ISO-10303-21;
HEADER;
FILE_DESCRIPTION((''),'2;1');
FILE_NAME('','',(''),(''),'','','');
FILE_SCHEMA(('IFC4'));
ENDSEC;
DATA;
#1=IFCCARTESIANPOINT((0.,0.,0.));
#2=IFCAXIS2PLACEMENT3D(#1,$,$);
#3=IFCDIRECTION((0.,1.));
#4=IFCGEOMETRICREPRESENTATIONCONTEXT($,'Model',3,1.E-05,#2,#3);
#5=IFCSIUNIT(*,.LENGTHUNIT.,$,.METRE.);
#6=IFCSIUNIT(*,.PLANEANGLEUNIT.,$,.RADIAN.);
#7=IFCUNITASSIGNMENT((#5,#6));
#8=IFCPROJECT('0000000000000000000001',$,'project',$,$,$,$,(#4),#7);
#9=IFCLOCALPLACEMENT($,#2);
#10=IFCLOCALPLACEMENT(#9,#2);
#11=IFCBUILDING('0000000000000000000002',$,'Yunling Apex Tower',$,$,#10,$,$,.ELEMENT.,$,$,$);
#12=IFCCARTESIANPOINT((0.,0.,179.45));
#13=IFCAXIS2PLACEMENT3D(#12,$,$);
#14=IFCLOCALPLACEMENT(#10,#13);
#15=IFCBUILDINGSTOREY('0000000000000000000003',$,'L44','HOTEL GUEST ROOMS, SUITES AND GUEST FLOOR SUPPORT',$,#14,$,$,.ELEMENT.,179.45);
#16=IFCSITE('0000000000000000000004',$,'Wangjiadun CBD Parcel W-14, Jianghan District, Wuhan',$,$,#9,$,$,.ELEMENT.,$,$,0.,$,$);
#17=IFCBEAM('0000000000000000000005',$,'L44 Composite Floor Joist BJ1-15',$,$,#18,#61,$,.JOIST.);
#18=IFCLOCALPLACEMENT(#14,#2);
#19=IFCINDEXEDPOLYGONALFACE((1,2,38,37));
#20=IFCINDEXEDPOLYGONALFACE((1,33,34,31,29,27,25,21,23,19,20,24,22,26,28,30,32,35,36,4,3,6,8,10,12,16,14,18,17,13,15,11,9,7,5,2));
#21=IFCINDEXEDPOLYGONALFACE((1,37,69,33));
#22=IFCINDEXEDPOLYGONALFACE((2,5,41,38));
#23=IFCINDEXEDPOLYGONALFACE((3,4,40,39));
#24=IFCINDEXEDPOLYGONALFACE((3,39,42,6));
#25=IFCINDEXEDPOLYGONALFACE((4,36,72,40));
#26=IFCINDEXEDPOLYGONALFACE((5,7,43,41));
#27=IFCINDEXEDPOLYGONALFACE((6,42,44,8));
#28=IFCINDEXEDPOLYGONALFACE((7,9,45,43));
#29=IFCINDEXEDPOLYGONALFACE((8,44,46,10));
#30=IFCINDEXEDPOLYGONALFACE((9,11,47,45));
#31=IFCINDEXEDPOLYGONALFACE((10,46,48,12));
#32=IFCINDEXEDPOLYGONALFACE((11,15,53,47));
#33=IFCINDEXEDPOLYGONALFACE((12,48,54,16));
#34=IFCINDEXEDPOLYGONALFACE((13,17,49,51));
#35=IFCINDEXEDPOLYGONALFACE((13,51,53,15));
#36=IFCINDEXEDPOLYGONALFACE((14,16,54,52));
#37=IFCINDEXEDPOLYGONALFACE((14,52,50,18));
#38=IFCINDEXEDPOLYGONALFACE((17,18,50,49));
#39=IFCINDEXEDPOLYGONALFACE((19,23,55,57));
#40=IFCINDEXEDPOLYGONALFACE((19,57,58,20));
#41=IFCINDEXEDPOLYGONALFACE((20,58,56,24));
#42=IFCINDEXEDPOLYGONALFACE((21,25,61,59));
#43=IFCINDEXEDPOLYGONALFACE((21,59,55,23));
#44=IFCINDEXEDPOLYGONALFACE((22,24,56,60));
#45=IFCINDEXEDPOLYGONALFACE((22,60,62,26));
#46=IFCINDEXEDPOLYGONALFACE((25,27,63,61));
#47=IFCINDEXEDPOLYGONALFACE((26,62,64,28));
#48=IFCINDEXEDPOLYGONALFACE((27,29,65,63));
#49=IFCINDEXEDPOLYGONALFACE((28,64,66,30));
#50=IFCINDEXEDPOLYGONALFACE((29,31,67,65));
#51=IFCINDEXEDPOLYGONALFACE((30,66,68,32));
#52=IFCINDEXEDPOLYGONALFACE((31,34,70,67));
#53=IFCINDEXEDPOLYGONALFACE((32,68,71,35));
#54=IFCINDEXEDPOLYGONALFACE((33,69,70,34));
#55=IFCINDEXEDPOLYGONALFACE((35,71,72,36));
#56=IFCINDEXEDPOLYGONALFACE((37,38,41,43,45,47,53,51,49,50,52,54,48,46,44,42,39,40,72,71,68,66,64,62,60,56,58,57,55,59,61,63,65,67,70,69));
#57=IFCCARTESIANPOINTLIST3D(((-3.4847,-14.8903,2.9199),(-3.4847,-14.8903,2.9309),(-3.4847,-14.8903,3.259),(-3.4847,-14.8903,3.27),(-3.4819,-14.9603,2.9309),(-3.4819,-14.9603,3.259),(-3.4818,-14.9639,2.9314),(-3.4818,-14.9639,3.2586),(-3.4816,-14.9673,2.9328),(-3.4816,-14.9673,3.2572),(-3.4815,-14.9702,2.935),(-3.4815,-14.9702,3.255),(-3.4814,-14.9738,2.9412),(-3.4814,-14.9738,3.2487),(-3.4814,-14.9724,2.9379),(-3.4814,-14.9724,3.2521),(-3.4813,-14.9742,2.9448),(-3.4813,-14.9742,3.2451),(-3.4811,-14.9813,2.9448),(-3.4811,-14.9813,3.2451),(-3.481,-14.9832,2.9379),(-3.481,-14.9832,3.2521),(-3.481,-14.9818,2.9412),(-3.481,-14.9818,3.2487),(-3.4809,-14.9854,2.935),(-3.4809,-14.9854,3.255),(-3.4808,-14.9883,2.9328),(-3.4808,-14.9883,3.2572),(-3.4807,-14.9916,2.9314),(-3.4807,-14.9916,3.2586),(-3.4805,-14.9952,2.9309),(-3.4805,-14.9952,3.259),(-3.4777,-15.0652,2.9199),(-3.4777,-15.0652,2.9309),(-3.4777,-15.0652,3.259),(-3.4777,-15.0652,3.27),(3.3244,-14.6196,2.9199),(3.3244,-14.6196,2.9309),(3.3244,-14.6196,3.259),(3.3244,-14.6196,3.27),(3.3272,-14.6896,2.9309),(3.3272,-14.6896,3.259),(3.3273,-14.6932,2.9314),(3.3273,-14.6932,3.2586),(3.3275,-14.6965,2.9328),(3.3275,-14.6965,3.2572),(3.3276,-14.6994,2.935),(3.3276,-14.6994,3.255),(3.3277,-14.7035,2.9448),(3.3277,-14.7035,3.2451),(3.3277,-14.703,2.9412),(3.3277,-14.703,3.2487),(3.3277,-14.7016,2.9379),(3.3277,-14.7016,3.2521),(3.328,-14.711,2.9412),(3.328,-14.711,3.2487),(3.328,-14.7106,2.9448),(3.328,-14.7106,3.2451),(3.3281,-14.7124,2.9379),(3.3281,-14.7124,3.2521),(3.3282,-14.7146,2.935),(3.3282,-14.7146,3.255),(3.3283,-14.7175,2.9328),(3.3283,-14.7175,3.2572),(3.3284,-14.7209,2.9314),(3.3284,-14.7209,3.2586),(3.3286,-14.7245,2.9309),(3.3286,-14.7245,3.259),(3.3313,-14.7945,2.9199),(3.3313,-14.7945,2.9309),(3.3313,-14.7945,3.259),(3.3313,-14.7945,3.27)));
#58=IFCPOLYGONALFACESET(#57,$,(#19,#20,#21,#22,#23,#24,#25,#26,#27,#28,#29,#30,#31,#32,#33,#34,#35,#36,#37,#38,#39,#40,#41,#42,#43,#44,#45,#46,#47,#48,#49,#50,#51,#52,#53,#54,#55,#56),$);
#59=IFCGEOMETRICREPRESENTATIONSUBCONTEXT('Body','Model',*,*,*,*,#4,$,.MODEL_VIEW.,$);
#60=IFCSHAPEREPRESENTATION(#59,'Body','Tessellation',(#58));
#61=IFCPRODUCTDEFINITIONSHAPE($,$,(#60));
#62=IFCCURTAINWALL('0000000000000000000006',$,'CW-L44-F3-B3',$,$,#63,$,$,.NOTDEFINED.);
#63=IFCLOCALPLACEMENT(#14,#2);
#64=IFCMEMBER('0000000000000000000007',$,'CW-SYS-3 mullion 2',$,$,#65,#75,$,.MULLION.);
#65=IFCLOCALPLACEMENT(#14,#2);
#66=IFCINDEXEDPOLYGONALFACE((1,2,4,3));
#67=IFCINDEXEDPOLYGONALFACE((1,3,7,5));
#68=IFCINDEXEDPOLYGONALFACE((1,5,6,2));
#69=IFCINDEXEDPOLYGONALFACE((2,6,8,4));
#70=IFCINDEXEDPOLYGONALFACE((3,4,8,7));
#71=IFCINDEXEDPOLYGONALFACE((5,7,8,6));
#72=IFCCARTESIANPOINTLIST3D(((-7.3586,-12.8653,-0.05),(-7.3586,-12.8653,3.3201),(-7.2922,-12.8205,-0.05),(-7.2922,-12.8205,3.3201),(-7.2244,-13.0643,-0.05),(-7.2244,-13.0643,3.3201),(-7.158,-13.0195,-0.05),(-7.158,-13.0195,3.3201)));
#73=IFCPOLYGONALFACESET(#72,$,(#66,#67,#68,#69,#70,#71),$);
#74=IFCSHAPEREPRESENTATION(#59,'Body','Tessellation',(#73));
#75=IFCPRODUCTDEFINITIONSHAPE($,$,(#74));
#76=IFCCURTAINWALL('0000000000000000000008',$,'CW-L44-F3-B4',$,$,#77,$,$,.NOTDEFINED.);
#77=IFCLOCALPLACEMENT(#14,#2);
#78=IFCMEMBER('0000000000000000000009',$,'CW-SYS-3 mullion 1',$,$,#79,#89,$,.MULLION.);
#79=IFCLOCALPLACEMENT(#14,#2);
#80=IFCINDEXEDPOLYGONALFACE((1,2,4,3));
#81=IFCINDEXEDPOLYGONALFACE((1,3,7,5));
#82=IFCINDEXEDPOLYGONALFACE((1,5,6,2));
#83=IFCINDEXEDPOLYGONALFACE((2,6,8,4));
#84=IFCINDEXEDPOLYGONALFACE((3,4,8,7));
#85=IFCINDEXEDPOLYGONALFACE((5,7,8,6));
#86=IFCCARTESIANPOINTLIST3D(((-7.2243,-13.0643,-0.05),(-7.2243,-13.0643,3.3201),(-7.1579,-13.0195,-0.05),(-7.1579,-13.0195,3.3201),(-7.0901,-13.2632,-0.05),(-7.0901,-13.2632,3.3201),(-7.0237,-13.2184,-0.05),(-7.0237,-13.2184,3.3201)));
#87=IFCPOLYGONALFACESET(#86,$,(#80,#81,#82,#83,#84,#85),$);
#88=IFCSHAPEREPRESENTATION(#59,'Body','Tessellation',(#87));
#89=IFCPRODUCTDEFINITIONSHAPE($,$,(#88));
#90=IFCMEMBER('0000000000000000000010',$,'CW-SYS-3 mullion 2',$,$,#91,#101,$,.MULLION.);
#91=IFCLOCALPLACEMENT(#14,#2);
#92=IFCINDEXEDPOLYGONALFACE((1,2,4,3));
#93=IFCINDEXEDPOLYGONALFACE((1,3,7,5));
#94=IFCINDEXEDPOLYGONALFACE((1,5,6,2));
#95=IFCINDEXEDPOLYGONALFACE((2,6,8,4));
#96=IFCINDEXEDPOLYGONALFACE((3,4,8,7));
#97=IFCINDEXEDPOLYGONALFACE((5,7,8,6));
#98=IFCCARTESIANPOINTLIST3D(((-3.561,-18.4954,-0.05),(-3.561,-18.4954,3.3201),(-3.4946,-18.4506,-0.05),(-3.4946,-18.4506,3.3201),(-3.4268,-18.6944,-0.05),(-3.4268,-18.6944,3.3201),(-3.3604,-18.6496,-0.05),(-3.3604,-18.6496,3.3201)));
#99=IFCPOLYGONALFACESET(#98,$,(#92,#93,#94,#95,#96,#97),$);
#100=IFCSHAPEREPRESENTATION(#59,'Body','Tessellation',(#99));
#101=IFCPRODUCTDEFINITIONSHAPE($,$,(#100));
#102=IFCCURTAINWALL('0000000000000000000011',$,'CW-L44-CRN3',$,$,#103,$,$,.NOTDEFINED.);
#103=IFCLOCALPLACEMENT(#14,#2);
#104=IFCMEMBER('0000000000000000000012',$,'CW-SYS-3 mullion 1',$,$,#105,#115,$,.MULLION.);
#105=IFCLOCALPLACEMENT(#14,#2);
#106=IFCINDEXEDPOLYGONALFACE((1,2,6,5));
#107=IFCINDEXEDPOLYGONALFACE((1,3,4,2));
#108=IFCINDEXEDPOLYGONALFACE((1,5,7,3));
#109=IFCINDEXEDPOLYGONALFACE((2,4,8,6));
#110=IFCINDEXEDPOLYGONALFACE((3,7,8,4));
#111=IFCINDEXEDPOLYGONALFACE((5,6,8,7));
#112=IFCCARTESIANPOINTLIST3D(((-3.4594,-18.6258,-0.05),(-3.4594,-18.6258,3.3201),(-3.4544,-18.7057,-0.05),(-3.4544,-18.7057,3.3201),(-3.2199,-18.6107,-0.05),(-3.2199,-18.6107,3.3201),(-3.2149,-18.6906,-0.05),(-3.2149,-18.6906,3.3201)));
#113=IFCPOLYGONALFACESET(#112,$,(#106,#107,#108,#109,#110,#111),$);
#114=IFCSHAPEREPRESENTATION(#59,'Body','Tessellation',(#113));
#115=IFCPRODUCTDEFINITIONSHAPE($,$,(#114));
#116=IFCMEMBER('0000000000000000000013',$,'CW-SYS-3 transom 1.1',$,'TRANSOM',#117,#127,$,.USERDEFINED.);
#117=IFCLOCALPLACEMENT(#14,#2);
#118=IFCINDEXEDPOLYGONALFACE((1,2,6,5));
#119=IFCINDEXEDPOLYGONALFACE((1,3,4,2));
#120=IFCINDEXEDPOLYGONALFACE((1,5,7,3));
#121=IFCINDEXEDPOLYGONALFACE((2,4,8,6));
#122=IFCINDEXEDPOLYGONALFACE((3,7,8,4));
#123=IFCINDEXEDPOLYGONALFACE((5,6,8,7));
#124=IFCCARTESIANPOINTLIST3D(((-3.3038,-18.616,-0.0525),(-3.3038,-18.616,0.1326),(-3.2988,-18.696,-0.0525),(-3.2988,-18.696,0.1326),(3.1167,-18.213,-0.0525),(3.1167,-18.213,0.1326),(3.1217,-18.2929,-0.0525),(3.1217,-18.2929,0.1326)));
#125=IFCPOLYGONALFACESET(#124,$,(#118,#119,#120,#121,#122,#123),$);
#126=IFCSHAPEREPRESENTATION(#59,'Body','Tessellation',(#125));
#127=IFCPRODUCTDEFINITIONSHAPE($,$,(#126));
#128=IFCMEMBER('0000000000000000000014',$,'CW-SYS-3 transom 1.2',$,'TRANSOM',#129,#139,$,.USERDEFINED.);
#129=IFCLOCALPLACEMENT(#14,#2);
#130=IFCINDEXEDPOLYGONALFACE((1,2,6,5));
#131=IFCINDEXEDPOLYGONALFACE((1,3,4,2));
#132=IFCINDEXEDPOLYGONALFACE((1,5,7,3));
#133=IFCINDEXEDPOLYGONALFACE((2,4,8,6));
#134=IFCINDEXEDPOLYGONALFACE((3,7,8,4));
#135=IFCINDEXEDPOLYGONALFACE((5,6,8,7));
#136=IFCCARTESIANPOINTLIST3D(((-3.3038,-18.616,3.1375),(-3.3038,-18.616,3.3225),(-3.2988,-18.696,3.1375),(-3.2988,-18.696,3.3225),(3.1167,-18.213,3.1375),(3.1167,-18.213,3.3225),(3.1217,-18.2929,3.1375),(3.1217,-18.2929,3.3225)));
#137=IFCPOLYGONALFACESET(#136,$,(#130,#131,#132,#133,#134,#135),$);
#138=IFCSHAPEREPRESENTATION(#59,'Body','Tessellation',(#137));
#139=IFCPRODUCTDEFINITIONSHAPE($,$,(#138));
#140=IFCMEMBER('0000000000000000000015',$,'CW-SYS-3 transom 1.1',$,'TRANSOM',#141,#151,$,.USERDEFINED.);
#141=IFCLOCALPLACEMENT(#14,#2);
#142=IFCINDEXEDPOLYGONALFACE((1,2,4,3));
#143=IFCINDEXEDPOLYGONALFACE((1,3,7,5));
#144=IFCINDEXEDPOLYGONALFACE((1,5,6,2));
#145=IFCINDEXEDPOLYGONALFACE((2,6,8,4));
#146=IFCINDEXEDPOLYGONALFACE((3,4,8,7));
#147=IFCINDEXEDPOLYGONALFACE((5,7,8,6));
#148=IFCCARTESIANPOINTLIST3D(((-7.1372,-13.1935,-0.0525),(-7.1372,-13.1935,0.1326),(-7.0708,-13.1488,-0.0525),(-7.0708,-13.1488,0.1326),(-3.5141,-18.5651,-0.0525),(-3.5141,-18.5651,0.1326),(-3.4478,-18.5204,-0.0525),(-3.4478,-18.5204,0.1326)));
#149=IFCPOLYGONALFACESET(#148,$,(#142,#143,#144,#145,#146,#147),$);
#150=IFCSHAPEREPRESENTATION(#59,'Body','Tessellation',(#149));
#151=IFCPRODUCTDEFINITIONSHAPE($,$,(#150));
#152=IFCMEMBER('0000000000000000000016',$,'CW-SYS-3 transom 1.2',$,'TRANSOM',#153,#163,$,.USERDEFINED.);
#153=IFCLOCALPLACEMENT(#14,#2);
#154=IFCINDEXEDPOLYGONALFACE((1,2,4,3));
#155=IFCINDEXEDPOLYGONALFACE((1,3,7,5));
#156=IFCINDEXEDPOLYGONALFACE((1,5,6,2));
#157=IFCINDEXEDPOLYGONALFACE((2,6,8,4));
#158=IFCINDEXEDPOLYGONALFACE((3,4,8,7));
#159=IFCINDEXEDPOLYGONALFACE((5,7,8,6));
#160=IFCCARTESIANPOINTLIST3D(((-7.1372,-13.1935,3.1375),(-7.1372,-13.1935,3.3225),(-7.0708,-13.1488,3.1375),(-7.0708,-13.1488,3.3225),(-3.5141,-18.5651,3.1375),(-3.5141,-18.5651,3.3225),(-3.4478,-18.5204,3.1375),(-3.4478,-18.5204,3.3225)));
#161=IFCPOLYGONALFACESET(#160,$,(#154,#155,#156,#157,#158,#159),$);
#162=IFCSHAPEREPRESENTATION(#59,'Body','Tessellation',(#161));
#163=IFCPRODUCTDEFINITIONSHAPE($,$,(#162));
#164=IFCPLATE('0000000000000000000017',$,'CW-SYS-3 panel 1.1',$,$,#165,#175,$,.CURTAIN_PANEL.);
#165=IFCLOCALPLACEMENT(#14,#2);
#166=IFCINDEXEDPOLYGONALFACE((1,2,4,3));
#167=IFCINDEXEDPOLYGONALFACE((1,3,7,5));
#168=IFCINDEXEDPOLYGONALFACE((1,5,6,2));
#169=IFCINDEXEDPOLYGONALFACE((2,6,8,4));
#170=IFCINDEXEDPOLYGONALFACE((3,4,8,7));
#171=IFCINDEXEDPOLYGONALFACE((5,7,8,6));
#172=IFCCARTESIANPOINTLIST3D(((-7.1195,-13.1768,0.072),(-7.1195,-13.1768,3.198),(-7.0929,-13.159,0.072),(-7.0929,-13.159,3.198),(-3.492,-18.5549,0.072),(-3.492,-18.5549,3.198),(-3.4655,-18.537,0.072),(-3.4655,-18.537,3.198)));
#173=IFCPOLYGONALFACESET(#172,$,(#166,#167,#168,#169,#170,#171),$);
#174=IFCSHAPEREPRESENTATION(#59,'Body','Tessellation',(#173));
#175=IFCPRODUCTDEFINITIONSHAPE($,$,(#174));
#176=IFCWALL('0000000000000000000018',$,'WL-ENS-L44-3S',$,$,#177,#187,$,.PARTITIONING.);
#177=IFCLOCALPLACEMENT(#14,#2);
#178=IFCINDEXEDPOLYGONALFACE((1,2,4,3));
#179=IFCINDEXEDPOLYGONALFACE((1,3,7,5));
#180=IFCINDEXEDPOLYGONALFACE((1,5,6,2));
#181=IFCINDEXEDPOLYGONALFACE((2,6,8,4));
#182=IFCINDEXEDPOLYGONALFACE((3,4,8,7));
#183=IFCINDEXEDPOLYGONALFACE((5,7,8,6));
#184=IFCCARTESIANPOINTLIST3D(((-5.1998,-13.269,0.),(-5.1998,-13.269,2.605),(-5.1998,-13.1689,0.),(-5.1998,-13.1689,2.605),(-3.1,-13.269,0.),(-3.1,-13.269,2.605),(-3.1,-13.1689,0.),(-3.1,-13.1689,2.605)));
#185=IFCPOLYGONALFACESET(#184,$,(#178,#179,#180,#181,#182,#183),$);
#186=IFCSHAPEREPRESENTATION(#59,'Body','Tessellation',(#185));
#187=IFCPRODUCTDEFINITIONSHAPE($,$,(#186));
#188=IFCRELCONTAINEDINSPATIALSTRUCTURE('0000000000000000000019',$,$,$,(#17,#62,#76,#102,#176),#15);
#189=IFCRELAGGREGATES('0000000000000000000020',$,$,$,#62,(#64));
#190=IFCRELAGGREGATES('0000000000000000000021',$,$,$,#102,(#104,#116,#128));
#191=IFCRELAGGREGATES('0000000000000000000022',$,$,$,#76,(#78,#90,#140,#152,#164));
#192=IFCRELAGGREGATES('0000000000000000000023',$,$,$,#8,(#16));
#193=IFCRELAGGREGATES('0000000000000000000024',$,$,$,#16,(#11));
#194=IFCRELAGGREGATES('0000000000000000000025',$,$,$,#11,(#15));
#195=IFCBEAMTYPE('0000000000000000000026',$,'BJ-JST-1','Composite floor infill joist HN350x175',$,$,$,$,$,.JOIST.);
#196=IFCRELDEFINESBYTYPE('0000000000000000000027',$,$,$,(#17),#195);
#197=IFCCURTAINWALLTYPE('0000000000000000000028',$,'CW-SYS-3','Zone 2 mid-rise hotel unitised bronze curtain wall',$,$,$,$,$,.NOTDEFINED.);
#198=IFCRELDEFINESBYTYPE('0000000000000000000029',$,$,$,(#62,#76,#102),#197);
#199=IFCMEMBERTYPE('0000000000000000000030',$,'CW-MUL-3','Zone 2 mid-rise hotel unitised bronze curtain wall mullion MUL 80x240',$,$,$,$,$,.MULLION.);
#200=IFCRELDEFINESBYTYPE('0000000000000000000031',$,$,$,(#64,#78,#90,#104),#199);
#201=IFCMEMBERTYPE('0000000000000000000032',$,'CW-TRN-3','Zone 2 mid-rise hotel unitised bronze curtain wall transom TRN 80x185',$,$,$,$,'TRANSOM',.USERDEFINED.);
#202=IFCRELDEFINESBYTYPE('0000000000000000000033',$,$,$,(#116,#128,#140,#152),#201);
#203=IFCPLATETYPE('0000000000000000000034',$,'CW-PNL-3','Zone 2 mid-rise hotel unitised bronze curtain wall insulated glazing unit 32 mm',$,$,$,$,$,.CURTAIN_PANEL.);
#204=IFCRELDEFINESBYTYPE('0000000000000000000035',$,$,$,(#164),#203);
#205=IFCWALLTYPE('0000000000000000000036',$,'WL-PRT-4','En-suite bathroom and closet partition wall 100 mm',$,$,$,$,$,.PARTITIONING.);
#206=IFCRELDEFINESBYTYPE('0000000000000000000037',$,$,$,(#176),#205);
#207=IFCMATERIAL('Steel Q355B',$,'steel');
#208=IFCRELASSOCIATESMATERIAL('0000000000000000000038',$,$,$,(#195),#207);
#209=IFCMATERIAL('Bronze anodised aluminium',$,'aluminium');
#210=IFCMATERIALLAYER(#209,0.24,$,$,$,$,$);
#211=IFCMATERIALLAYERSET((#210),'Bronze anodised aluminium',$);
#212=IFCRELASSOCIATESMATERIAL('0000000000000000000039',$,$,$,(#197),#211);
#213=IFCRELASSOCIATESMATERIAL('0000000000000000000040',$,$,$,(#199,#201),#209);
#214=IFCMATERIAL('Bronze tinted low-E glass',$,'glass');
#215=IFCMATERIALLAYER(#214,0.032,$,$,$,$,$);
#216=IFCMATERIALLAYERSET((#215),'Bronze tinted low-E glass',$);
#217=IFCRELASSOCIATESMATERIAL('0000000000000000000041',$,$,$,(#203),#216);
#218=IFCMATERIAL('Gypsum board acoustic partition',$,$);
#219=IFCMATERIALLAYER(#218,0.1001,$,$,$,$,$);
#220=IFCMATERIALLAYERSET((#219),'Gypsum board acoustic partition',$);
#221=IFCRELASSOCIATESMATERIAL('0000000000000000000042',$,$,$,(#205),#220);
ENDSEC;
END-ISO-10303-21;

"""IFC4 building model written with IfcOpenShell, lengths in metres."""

from ifc_helpers import new_model, si_unit, direction, frame, frame_2d, origin, origin_2d, place, context, subcontext, project, spatial, rectangle, i_section, extrude, source, transform, mapped, material, layer, layer_set, material_profile, profile_set, type_object, element, aggregate, save


model = new_model("IFC4")

# Units and contexts
model_context = context("Model", 3, precision=1e-05, world=origin(), true_north=direction((0.0, 1.0)))
body_context = subcontext(model_context, "Body", "Model", "MODEL_VIEW")
ifc_project = project(units=[si_unit("LENGTHUNIT", "METRE"), si_unit("PLANEANGLEUNIT", "RADIAN")], contexts=[model_context])

# Site, building, storey
site_placement = place(None, origin())
site = spatial("IfcSite", under=ifc_project, at=site_placement, Name="Wangjiadun CBD Parcel W-14, Jianghan District, Wuhan", CompositionType="ELEMENT", RefElevation=0.0)
building_placement = place(site_placement, origin())
building = spatial("IfcBuilding", under=site, at=building_placement, Name="Yunling Apex Tower", CompositionType="ELEMENT")
storey_placement = place(building_placement, frame((0.0, 0.0, 179.45)))
storey = spatial("IfcBuildingStorey", under=building, at=storey_placement, Name="L44", Description="HOTEL GUEST ROOMS, SUITES AND GUEST FLOOR SUPPORT", CompositionType="ELEMENT", Elevation=179.45)

# Beam
ifc_material_1 = material(Name="Steel Q355B", Category="steel")
ifc_material_profile_1 = material_profile(ifc_material_1, i_section(OverallWidth=0.175, OverallDepth=0.3501, WebThickness=0.0071, FlangeThickness=0.011, FilletRadius=0.0139, at=origin_2d()))
ifc_profile_set_1 = profile_set([ifc_material_profile_1], Name="Steel Q355B")
beam_type_1 = type_object("IfcBeamType", Name="BJ-JST-1", Description="Composite floor infill joist HN350x175", PredefinedType="JOIST", material=ifc_profile_set_1)
shared_shape_1 = source(origin(), body_context, "Body", "SweptSolid", [
    extrude(i_section(OverallWidth=0.175, OverallDepth=0.3501, WebThickness=0.0071, FlangeThickness=0.011, FilletRadius=0.0139, at=origin_2d()), origin(), (0.0, 0.0, 1.0), 6.8145),
])
beam_1_placement = place(storey_placement, frame((-3.4812, -14.9778, 3.095), z_axis=(0.99921, 0.039732, 0.0), x_axis=(-0.039732, 0.99921, 0.0)))
element("IfcBeam", 1, at=beam_1_placement, inside=storey, type_object=beam_type_1, Name="L44 Composite Floor Joist BJ1-15", PredefinedType="JOIST", context=body_context, shape_type="MappedRepresentation", body=[
    mapped(shared_shape_1, transform((0.0, 0.0, 0.0), scale=1.0)),
])

# Curtain wall, member
ifc_material_2 = material(Name="Bronze anodised aluminium", Category="aluminium")
ifc_layer_1 = layer(ifc_material_2, 0.24)
ifc_layer_set_1 = layer_set([ifc_layer_1], Name="Bronze anodised aluminium")
curtain_wall_type = type_object("IfcCurtainWallType", Name="CW-SYS-3", Description="Zone 2 mid-rise hotel unitised bronze curtain wall", PredefinedType="NOTDEFINED", material=ifc_layer_set_1)
curtain_wall_1_placement = place(storey_placement, origin())
curtain_wall_1 = element("IfcCurtainWall", 2, at=curtain_wall_1_placement, inside=storey, type_object=curtain_wall_type, Name="CW-L44-F3-B3", PredefinedType="NOTDEFINED")
ifc_material_profile_2 = material_profile(ifc_material_2, rectangle(XDim=0.0801, YDim=0.24, at=origin_2d()))
ifc_profile_set_2 = profile_set([ifc_material_profile_2], Name="Bronze anodised aluminium")
member_type_1 = type_object("IfcMemberType", Name="CW-MUL-3", Description="Zone 2 mid-rise hotel unitised bronze curtain wall mullion MUL 80x240", PredefinedType="MULLION", material=ifc_profile_set_2)
shared_shape_2 = source(origin(), body_context, "Body", "SweptSolid", [
    extrude(rectangle(XDim=0.0801, YDim=0.24, at=origin_2d()), origin(), (0.0, 0.0, 1.0), 3.3701),
])
member_1_placement = place(storey_placement, frame((-7.2583, -12.9424, -0.05), z_axis=(0.0, 0.0, 1.0), x_axis=(0.829041, 0.559188, 0.0)))
member_1 = element("IfcMember", 3, at=member_1_placement, type_object=member_type_1, Name="CW-SYS-3 mullion 2", PredefinedType="MULLION", context=body_context, shape_type="MappedRepresentation", body=[
    mapped(shared_shape_2, transform((0.0, 0.0, 0.0), scale=1.0)),
])
aggregate(curtain_wall_1, [member_1])

# Curtain walls, members
curtain_wall_2_placement = place(storey_placement, origin())
curtain_wall_2 = element("IfcCurtainWall", 4, at=curtain_wall_2_placement, inside=storey, type_object=curtain_wall_type, Name="CW-L44-F3-B4", PredefinedType="NOTDEFINED")
member_2_placement = place(storey_placement, frame((-7.124, -13.1414, -0.05), z_axis=(0.0, 0.0, 1.0), x_axis=(0.829045, 0.559181, 0.0)))
member_2 = element("IfcMember", 5, at=member_2_placement, type_object=member_type_1, Name="CW-SYS-3 mullion 1", PredefinedType="MULLION", context=body_context, shape_type="MappedRepresentation", body=[
    mapped(shared_shape_2, transform((0.0, 0.0, 0.0), scale=1.0)),
])
member_3_placement = place(storey_placement, frame((-3.4607, -18.5725, -0.05), z_axis=(0.0, 0.0, 1.0), x_axis=(0.829045, 0.559181, 0.0)))
member_3 = element("IfcMember", 6, at=member_3_placement, type_object=member_type_1, Name="CW-SYS-3 mullion 2", PredefinedType="MULLION", context=body_context, shape_type="MappedRepresentation", body=[
    mapped(shared_shape_2, transform((0.0, 0.0, 0.0), scale=1.0)),
])
curtain_wall_3_placement = place(storey_placement, origin())
curtain_wall_3 = element("IfcCurtainWall", 7, at=curtain_wall_3_placement, inside=storey, type_object=curtain_wall_type, Name="CW-L44-CRN3", PredefinedType="NOTDEFINED")
member_4_placement = place(storey_placement, frame((-3.3372, -18.6582, -0.05), z_axis=(0.0, 0.0, 1.0), x_axis=(-0.062672, 0.998034, 0.0)))
member_4 = element("IfcMember", 8, at=member_4_placement, type_object=member_type_1, Name="CW-SYS-3 mullion 1", PredefinedType="MULLION", context=body_context, shape_type="MappedRepresentation", body=[
    mapped(shared_shape_2, transform((0.0, 0.0, 0.0), scale=1.0)),
])
ifc_material_profile_3 = material_profile(ifc_material_2, rectangle(XDim=0.0801, YDim=0.1851, at=origin_2d()))
ifc_profile_set_3 = profile_set([ifc_material_profile_3], Name="Bronze anodised aluminium")
member_type_2 = type_object("IfcMemberType", Name="CW-TRN-3", Description="Zone 2 mid-rise hotel unitised bronze curtain wall transom TRN 80x185", ElementType="TRANSOM", PredefinedType="USERDEFINED", material=ifc_profile_set_3)
shared_shape_3 = source(origin(), body_context, "Body", "SweptSolid", [
    extrude(rectangle(XDim=0.0801, YDim=0.1851, at=origin_2d()), origin(), (0.0, 0.0, 1.0), 6.4331),
])
member_5_placement = place(storey_placement, frame((-3.3013, -18.656, 0.04), z_axis=(0.998035, 0.062657, 0.0), x_axis=(-0.062657, 0.998035, 0.0)))
member_5 = element("IfcMember", 9, at=member_5_placement, type_object=member_type_2, Name="CW-SYS-3 transom 1.1", ObjectType="TRANSOM", PredefinedType="USERDEFINED", context=body_context, shape_type="MappedRepresentation", body=[
    mapped(shared_shape_3, transform((0.0, 0.0, 0.0), scale=1.0)),
])
member_6_placement = place(storey_placement, frame((-3.3013, -18.656, 3.23), z_axis=(0.998035, 0.062657, 0.0), x_axis=(-0.062657, 0.998035, 0.0)))
member_6 = element("IfcMember", 10, at=member_6_placement, type_object=member_type_2, Name="CW-SYS-3 transom 1.2", ObjectType="TRANSOM", PredefinedType="USERDEFINED", context=body_context, shape_type="MappedRepresentation", body=[
    mapped(shared_shape_3, transform((0.0, 0.0, 0.0), scale=1.0)),
])
aggregate(curtain_wall_3, [member_4, member_5, member_6])

# Members
shared_shape_4 = source(origin(), body_context, "Body", "SweptSolid", [
    extrude(rectangle(XDim=0.0801, YDim=0.1851, at=origin_2d()), origin(), (0.0, 0.0, 1.0), 6.4792),
])
member_7_placement = place(storey_placement, frame((-7.104, -13.1711, 0.04), z_axis=(0.559179, -0.829047, 0.0), x_axis=(0.829047, 0.559179, 0.0)))
member_7 = element("IfcMember", 11, at=member_7_placement, type_object=member_type_2, Name="CW-SYS-3 transom 1.1", ObjectType="TRANSOM", PredefinedType="USERDEFINED", context=body_context, shape_type="MappedRepresentation", body=[
    mapped(shared_shape_4, transform((0.0, 0.0, 0.0), scale=1.0)),
])
member_8_placement = place(storey_placement, frame((-7.104, -13.1711, 3.23), z_axis=(0.559179, -0.829047, 0.0), x_axis=(0.829047, 0.559179, 0.0)))
member_8 = element("IfcMember", 12, at=member_8_placement, type_object=member_type_2, Name="CW-SYS-3 transom 1.2", ObjectType="TRANSOM", PredefinedType="USERDEFINED", context=body_context, shape_type="MappedRepresentation", body=[
    mapped(shared_shape_4, transform((0.0, 0.0, 0.0), scale=1.0)),
])

# Plate
ifc_material_3 = material(Name="Bronze tinted low-E glass", Category="glass")
ifc_layer_2 = layer(ifc_material_3, 0.032)
ifc_layer_set_2 = layer_set([ifc_layer_2], Name="Bronze tinted low-E glass")
plate_type = type_object("IfcPlateType", Name="CW-PNL-3", Description="Zone 2 mid-rise hotel unitised bronze curtain wall insulated glazing unit 32 mm", PredefinedType="CURTAIN_PANEL", material=ifc_layer_set_2)
shared_shape_5 = source(origin(), body_context, "Body", "SweptSolid", [
    extrude(rectangle(XDim=6.4871, YDim=0.032, at=origin_2d()), origin(), (0.0, 0.0, 1.0), 3.126),
])
plate_placement = place(storey_placement, frame((-5.2925, -15.8569, 0.072), z_axis=(0.0, 0.0, 1.0), x_axis=(0.559181, -0.829045, 0.0)))
plate = element("IfcPlate", 13, at=plate_placement, type_object=plate_type, Name="CW-SYS-3 panel 1.1", PredefinedType="CURTAIN_PANEL", context=body_context, shape_type="MappedRepresentation", body=[
    mapped(shared_shape_5, transform((0.0, 0.0, 0.0), scale=1.0)),
])
aggregate(curtain_wall_2, [member_2, member_3, member_7, member_8, plate])

# Wall
ifc_material_4 = material(Name="Gypsum board acoustic partition")
ifc_layer_3 = layer(ifc_material_4, 0.1001)
ifc_layer_set_3 = layer_set([ifc_layer_3], Name="Gypsum board acoustic partition")
wall_type = type_object("IfcWallType", Name="WL-PRT-4", Description="En-suite bathroom and closet partition wall 100 mm", PredefinedType="PARTITIONING", material=ifc_layer_set_3)
wall_1_placement = place(storey_placement, frame((-3.1001, -13.219, 0.0), z_axis=(0.0, 0.0, 1.0), x_axis=(-1.0, 0.0, 0.0)))
element("IfcWall", 14, at=wall_1_placement, inside=storey, type_object=wall_type, Name="WL-ENS-L44-3S", PredefinedType="PARTITIONING", context=body_context, shape_type="SweptSolid", body=[
    extrude(rectangle(XDim=2.0999, YDim=0.1001, at=frame_2d((1.0498, 0.0))), origin(), (0.0, 0.0, 1.0), 2.605),
])

save(model, "model.ifc")
